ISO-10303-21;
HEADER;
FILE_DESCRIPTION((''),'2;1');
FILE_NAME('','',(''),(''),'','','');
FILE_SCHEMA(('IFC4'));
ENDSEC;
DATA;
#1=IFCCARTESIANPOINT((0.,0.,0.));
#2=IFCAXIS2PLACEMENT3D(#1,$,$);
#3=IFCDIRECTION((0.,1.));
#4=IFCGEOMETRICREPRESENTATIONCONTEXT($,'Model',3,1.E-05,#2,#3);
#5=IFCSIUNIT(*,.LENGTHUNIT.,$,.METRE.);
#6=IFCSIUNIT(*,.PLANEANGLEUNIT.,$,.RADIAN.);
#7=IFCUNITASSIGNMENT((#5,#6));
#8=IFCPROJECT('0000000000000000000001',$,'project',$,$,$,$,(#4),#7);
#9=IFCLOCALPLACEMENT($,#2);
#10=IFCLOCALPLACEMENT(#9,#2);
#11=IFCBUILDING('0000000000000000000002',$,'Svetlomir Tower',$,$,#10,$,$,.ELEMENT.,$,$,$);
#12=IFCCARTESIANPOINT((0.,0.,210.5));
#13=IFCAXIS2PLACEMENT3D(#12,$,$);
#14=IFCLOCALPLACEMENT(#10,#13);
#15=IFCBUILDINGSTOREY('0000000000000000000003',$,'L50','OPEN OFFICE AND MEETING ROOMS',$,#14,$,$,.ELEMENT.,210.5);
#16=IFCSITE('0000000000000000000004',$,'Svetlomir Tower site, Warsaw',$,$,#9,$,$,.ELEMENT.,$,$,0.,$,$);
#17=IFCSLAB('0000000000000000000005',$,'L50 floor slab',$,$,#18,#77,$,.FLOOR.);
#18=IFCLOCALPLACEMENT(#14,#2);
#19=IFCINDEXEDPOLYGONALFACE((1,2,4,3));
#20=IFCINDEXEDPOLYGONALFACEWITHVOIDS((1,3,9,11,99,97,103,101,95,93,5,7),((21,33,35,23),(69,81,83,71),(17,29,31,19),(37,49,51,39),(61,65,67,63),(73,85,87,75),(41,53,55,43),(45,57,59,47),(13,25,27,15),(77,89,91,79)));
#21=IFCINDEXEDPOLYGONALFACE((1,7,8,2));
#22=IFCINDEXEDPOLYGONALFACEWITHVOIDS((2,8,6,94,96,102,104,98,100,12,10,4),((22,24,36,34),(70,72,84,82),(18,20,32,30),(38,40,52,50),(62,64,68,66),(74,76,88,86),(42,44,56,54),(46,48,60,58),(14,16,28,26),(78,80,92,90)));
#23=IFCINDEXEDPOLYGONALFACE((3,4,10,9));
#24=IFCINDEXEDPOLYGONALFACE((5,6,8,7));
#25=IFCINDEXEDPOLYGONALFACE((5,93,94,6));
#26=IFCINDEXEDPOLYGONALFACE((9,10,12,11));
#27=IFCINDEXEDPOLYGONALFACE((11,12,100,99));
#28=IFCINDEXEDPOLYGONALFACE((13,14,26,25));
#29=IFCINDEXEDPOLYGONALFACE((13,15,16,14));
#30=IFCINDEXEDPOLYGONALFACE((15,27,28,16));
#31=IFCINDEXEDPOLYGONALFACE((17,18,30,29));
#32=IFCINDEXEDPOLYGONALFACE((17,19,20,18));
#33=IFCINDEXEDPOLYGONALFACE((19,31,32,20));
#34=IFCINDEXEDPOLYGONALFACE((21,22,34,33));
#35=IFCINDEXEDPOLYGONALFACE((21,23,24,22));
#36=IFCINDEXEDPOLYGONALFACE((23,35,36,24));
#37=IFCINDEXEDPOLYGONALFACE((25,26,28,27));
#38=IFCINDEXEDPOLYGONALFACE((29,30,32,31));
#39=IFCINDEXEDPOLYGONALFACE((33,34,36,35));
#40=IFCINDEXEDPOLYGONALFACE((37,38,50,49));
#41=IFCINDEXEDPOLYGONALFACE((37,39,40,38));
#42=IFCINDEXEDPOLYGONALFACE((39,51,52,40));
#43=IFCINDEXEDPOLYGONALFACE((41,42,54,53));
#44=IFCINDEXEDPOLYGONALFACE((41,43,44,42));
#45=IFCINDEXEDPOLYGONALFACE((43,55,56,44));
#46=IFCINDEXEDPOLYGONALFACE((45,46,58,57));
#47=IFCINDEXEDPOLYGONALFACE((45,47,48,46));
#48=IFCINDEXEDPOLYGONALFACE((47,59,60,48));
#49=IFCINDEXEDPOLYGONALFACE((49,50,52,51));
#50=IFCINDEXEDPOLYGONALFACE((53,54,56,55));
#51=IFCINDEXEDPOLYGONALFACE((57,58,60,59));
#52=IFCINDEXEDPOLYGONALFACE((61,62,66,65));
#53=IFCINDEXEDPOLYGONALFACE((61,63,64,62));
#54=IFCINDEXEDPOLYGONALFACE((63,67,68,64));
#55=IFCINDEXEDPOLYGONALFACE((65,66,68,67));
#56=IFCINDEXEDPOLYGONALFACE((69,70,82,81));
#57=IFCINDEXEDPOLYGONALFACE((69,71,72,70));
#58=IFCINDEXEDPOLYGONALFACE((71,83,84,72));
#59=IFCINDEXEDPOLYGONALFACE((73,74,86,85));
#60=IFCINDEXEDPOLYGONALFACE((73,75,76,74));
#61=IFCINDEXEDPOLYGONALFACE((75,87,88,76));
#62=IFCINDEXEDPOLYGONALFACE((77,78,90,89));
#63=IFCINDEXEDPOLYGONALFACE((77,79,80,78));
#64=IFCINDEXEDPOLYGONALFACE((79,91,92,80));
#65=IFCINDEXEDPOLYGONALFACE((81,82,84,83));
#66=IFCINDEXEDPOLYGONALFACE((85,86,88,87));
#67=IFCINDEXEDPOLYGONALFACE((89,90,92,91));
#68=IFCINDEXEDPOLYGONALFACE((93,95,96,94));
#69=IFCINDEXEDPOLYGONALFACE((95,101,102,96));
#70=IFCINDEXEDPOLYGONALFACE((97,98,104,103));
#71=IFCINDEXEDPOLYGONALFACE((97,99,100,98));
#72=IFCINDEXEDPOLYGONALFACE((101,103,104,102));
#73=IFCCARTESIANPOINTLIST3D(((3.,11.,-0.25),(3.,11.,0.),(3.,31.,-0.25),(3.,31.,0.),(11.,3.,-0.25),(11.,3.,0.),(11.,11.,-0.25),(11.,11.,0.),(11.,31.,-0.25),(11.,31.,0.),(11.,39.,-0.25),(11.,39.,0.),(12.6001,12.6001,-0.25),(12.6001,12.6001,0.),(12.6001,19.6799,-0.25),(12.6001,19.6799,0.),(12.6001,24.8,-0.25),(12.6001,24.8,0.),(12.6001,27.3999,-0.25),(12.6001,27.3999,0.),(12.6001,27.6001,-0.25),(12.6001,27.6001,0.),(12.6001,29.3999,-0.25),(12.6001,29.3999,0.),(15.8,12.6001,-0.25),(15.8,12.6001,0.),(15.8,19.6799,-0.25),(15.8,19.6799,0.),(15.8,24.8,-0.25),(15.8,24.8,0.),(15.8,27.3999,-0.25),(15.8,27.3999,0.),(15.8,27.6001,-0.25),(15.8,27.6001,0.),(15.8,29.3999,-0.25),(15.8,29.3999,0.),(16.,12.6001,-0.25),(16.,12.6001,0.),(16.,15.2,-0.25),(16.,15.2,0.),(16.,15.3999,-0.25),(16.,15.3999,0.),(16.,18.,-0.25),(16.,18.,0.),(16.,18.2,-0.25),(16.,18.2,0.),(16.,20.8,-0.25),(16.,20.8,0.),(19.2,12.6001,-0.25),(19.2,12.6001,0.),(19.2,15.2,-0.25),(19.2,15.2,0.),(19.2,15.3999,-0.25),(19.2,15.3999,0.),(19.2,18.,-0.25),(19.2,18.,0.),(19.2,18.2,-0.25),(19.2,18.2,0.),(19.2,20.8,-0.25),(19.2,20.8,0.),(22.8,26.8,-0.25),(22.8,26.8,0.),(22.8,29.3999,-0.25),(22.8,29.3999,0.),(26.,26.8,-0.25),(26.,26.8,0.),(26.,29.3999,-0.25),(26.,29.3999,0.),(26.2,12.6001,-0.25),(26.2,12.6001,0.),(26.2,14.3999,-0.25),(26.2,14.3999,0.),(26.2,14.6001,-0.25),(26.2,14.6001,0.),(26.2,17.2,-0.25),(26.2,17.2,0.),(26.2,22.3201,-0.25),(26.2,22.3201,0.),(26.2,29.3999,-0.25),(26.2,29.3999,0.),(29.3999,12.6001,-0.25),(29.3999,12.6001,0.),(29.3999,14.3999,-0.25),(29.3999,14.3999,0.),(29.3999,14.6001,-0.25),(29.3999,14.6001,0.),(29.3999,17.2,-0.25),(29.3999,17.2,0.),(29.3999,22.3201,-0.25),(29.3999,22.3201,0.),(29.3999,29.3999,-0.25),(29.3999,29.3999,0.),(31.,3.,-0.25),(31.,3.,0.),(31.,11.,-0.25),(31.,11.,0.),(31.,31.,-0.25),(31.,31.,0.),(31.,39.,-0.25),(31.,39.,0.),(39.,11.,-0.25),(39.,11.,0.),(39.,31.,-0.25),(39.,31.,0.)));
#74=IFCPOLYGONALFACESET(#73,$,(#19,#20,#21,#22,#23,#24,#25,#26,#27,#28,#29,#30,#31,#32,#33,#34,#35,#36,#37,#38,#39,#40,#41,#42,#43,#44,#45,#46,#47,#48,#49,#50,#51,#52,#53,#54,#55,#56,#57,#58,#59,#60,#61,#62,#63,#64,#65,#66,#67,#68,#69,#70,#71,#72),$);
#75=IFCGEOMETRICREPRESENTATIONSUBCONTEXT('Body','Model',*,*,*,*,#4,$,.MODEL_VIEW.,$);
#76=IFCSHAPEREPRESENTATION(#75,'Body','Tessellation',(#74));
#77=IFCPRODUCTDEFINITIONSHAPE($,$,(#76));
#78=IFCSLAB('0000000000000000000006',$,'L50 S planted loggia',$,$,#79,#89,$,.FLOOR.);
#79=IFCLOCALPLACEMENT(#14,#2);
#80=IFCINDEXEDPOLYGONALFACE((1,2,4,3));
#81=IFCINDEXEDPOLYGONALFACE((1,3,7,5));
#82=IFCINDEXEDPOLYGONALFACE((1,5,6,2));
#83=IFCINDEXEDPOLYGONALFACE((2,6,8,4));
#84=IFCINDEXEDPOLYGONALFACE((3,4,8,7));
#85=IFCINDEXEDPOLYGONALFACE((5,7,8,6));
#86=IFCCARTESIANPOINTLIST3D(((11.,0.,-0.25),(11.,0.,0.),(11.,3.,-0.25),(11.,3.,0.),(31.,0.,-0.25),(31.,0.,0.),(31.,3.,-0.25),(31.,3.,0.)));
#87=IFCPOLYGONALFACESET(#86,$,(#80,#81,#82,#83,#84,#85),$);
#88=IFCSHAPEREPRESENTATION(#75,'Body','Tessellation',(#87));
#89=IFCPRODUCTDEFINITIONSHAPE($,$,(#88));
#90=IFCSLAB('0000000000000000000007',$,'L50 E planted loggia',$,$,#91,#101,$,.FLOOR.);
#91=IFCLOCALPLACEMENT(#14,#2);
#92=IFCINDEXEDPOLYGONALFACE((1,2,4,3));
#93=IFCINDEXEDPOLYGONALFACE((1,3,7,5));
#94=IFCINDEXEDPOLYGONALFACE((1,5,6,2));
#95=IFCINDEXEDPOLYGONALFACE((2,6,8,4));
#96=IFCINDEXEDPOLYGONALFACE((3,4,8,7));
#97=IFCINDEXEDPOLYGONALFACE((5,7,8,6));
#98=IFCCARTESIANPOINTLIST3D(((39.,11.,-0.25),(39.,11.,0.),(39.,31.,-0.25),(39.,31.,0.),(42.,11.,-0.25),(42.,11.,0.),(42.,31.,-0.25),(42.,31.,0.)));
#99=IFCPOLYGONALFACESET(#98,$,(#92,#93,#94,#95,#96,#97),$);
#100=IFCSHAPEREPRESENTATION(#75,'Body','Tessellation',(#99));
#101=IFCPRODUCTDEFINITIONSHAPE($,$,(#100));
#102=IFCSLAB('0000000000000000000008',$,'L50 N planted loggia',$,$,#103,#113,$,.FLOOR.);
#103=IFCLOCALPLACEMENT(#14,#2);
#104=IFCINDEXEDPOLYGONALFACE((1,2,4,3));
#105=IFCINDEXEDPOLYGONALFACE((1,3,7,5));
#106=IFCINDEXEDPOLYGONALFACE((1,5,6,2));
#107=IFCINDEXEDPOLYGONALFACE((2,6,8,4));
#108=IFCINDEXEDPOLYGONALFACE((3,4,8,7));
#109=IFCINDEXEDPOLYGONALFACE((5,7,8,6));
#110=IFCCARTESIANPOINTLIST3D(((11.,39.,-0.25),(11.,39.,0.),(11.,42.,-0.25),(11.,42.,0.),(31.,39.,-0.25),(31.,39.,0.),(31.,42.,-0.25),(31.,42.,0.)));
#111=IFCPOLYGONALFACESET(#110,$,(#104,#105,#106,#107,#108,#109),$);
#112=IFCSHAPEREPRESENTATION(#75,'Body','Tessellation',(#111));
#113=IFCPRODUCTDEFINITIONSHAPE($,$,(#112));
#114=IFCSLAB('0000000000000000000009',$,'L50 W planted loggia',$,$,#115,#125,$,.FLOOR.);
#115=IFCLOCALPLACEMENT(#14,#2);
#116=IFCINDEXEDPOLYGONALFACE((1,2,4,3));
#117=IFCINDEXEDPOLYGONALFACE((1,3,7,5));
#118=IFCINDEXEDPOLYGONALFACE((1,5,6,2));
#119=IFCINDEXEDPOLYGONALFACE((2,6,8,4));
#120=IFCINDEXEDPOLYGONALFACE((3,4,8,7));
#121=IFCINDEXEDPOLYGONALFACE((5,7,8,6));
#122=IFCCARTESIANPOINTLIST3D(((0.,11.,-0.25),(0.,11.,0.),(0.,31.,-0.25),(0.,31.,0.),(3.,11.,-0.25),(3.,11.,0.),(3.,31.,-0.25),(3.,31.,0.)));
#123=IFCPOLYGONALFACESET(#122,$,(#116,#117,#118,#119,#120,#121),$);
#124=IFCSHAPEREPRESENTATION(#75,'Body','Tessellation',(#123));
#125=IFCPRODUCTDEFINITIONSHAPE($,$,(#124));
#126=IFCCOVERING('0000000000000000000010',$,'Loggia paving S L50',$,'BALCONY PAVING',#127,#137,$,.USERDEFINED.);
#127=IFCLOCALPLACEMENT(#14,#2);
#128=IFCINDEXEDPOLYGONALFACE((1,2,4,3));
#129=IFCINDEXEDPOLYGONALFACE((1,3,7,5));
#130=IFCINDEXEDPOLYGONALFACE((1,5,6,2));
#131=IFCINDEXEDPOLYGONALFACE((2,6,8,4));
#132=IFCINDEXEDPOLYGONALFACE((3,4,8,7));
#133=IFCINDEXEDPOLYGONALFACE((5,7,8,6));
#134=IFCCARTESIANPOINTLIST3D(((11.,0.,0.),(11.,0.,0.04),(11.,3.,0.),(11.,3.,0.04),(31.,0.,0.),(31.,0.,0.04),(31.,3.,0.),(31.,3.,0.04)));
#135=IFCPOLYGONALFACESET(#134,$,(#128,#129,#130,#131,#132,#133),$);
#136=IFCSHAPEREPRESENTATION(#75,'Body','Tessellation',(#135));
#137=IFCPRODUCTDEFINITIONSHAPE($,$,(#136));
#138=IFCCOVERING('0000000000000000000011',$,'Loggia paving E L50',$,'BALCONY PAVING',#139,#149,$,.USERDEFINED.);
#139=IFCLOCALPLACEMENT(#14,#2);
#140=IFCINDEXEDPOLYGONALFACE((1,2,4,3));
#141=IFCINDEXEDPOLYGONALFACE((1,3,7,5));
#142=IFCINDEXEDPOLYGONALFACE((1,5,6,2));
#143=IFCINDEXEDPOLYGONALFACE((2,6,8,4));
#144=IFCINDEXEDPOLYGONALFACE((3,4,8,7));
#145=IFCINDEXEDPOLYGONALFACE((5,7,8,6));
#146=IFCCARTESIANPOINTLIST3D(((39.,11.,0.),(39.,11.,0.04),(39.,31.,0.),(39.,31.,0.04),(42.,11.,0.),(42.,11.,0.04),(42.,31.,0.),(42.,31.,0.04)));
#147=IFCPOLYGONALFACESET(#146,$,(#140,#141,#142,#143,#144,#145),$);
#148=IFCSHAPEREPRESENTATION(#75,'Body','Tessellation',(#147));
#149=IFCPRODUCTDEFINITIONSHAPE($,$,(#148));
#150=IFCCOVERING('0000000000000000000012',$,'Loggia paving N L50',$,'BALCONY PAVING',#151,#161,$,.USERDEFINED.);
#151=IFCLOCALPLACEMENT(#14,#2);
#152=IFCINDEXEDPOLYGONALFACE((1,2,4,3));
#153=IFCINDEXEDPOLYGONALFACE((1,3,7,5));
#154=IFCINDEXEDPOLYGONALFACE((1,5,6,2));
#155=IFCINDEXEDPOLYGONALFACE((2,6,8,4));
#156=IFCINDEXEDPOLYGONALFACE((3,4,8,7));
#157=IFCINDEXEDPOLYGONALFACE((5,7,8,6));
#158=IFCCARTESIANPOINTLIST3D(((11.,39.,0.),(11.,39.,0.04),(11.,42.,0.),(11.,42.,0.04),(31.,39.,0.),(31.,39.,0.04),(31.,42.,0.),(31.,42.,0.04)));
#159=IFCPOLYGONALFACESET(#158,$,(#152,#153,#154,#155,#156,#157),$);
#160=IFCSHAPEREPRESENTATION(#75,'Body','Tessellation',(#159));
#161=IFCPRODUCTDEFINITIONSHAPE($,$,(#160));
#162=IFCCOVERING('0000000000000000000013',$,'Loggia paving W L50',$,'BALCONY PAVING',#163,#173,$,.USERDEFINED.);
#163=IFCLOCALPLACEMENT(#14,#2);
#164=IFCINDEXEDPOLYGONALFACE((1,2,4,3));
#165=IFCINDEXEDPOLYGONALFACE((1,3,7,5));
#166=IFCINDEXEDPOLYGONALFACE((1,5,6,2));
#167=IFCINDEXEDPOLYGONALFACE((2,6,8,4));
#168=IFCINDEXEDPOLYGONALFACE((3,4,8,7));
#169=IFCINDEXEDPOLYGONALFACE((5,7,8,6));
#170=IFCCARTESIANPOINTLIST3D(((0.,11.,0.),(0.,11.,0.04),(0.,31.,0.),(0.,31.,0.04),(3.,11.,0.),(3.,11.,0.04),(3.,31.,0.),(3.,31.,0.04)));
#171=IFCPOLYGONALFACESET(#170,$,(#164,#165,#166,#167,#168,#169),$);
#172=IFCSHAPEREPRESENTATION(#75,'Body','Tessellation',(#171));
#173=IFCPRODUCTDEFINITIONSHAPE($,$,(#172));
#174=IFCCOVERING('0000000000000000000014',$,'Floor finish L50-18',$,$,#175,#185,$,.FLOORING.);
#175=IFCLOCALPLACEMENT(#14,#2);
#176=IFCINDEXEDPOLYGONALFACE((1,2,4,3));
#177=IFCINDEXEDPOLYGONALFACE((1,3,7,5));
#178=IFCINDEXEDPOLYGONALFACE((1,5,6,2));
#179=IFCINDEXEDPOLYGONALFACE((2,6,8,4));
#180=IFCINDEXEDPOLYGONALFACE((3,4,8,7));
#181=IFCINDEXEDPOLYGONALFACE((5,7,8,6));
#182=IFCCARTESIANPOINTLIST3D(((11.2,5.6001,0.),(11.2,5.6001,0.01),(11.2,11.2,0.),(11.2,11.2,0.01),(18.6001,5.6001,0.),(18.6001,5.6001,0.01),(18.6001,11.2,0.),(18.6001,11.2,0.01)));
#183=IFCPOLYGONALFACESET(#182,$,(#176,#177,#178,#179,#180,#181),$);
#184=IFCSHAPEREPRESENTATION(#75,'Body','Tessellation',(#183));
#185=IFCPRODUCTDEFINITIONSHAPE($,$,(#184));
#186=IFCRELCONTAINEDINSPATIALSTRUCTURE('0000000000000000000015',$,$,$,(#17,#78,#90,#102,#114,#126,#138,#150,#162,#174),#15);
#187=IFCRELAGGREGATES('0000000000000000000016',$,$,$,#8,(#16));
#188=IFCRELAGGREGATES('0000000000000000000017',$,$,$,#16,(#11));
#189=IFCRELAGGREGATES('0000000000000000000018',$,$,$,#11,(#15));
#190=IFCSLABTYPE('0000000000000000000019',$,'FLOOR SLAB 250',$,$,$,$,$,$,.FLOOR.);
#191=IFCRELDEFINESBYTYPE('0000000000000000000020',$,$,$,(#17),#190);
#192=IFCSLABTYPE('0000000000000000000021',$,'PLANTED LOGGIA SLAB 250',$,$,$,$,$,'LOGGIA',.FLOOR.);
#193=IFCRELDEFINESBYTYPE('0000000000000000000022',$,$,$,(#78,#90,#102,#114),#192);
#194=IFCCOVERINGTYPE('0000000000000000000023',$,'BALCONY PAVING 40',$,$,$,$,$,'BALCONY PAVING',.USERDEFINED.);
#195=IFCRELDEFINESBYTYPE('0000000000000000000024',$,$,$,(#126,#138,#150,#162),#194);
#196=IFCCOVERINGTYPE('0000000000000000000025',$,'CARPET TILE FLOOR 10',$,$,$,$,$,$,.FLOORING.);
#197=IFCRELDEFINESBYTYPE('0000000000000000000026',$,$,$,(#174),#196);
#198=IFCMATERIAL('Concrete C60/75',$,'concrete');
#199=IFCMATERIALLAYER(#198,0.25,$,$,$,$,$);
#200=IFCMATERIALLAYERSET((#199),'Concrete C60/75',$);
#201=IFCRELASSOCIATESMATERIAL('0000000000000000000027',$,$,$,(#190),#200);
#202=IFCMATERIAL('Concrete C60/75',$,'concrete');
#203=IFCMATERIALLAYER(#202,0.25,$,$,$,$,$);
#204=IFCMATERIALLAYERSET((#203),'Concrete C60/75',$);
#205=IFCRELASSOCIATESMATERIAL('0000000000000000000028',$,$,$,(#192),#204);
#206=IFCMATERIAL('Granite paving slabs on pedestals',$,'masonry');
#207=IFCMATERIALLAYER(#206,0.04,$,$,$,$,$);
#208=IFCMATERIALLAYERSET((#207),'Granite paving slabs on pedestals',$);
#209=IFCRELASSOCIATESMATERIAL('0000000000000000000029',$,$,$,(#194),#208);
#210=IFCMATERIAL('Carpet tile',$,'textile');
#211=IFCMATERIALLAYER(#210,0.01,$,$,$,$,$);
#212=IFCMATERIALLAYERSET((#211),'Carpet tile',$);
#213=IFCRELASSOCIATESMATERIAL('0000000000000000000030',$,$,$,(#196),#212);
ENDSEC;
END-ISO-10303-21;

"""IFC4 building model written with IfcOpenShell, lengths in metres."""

from ifc_helpers import new_model, si_unit, direction, frame, origin, place, context, subcontext, project, spatial, polyline, outline, extrude, material, layer, layer_set, type_object, element, save


model = new_model("IFC4")

# Units and contexts
model_context = context("Model", 3, precision=1e-05, world=origin(), true_north=direction((0.0, 1.0)))
body_context = subcontext(model_context, "Body", "Model", "MODEL_VIEW")
ifc_project = project(units=[si_unit("LENGTHUNIT", "METRE"), si_unit("PLANEANGLEUNIT", "RADIAN")], contexts=[model_context])

# Site, building, storey
site_placement = place(None, origin())
site = spatial("IfcSite", under=ifc_project, at=site_placement, Name="Svetlomir Tower site, Warsaw", CompositionType="ELEMENT", RefElevation=0.0)
building_placement = place(site_placement, origin())
building = spatial("IfcBuilding", under=site, at=building_placement, Name="Svetlomir Tower", CompositionType="ELEMENT")
storey_placement = place(building_placement, frame((0.0, 0.0, 210.5)))
storey = spatial("IfcBuildingStorey", under=building, at=storey_placement, Name="L50", Description="OPEN OFFICE AND MEETING ROOMS", CompositionType="ELEMENT", Elevation=210.5)

# Slabs
ifc_material_1 = material(Name="Concrete C60/75", Category="concrete")
ifc_layer_1 = layer(ifc_material_1, 0.25)
ifc_layer_set_1 = layer_set([ifc_layer_1], Name="Concrete C60/75")
slab_type_1 = type_object("IfcSlabType", Name="FLOOR SLAB 250", PredefinedType="FLOOR", material=ifc_layer_set_1)
slab_1_placement = place(storey_placement, frame((0.0, 0.0, -0.25)))
element("IfcSlab", 1, at=slab_1_placement, inside=storey, type_object=slab_type_1, Name="L50 floor slab", PredefinedType="FLOOR", context=body_context, shape_type="SweptSolid", body=[
    extrude(outline(polyline([(11.0, 3.0), (31.0, 3.0), (31.0, 11.0), (39.0, 11.0), (39.0, 31.0), (31.0, 31.0), (31.0, 39.0), (11.0, 39.0), (11.0, 31.0), (3.0, 31.0), (3.0, 11.0), (11.0, 11.0), (11.0, 3.0)]), holes=[polyline([(12.6001, 24.8), (15.8, 24.8), (15.8, 27.3999), (12.6001, 27.3999), (12.6001, 24.8)]), polyline([(26.2, 14.6001), (29.3999, 14.6001), (29.3999, 17.2), (26.2, 17.2), (26.2, 14.6001)]), polyline([(16.0, 12.6001), (19.2, 12.6001), (19.2, 15.2), (16.0, 15.2), (16.0, 12.6001)]), polyline([(16.0, 15.3999), (19.2, 15.3999), (19.2, 18.0), (16.0, 18.0), (16.0, 15.3999)]), polyline([(16.0, 18.2), (19.2, 18.2), (19.2, 20.8), (16.0, 20.8), (16.0, 18.2)]), polyline([(22.8, 26.8), (26.0, 26.8), (26.0, 29.3999), (22.8, 29.3999), (22.8, 26.8)]), polyline([(12.6001, 27.6001), (15.8, 27.6001), (15.8, 29.3999), (12.6001, 29.3999), (12.6001, 27.6001)]), polyline([(26.2, 12.6001), (29.3999, 12.6001), (29.3999, 14.3999), (26.2, 14.3999), (26.2, 12.6001)]), polyline([(12.6001, 12.6001), (15.8, 12.6001), (15.8, 19.6799), (12.6001, 19.6799), (12.6001, 12.6001)]), polyline([(26.2, 22.3201), (29.3999, 22.3201), (29.3999, 29.3999), (26.2, 29.3999), (26.2, 22.3201)])]), origin(), (0.0, 0.0, 1.0), 0.25),
])
ifc_material_2 = material(Name="Concrete C60/75", Category="concrete")
ifc_layer_2 = layer(ifc_material_2, 0.25)
ifc_layer_set_2 = layer_set([ifc_layer_2], Name="Concrete C60/75")
slab_type_2 = type_object("IfcSlabType", Name="PLANTED LOGGIA SLAB 250", ElementType="LOGGIA", PredefinedType="FLOOR", material=ifc_layer_set_2)
slab_2_placement = place(storey_placement, frame((0.0, 0.0, -0.25)))
element("IfcSlab", 2, at=slab_2_placement, inside=storey, type_object=slab_type_2, Name="L50 S planted loggia", PredefinedType="FLOOR", context=body_context, shape_type="SweptSolid", body=[
    extrude(outline(polyline([(11.0, 0.0), (31.0, 0.0), (31.0, 3.0), (11.0, 3.0), (11.0, 0.0)])), origin(), (0.0, 0.0, 1.0), 0.25),
])
slab_3_placement = place(storey_placement, frame((0.0, 0.0, -0.25)))
element("IfcSlab", 3, at=slab_3_placement, inside=storey, type_object=slab_type_2, Name="L50 E planted loggia", PredefinedType="FLOOR", context=body_context, shape_type="SweptSolid", body=[
    extrude(outline(polyline([(39.0, 11.0), (42.0, 11.0), (42.0, 31.0), (39.0, 31.0), (39.0, 11.0)])), origin(), (0.0, 0.0, 1.0), 0.25),
])
slab_4_placement = place(storey_placement, frame((0.0, 0.0, -0.25)))
element("IfcSlab", 4, at=slab_4_placement, inside=storey, type_object=slab_type_2, Name="L50 N planted loggia", PredefinedType="FLOOR", context=body_context, shape_type="SweptSolid", body=[
    extrude(outline(polyline([(11.0, 39.0), (31.0, 39.0), (31.0, 42.0), (11.0, 42.0), (11.0, 39.0)])), origin(), (0.0, 0.0, 1.0), 0.25),
])
slab_5_placement = place(storey_placement, frame((0.0, 0.0, -0.25)))
element("IfcSlab", 5, at=slab_5_placement, inside=storey, type_object=slab_type_2, Name="L50 W planted loggia", PredefinedType="FLOOR", context=body_context, shape_type="SweptSolid", body=[
    extrude(outline(polyline([(0.0, 11.0), (3.0, 11.0), (3.0, 31.0), (0.0, 31.0), (0.0, 11.0)])), origin(), (0.0, 0.0, 1.0), 0.25),
])

# Coverings
ifc_material_3 = material(Name="Granite paving slabs on pedestals", Category="masonry")
ifc_layer_3 = layer(ifc_material_3, 0.04)
ifc_layer_set_3 = layer_set([ifc_layer_3], Name="Granite paving slabs on pedestals")
covering_type_1 = type_object("IfcCoveringType", Name="BALCONY PAVING 40", ElementType="BALCONY PAVING", PredefinedType="USERDEFINED", material=ifc_layer_set_3)
covering_1_placement = place(storey_placement, origin())
element("IfcCovering", 6, at=covering_1_placement, inside=storey, type_object=covering_type_1, Name="Loggia paving S L50", ObjectType="BALCONY PAVING", PredefinedType="USERDEFINED", context=body_context, shape_type="SweptSolid", body=[
    extrude(outline(polyline([(11.0, 0.0), (31.0, 0.0), (31.0, 3.0), (11.0, 3.0), (11.0, 0.0)])), origin(), (0.0, 0.0, 1.0), 0.04),
])
covering_2_placement = place(storey_placement, origin())
element("IfcCovering", 7, at=covering_2_placement, inside=storey, type_object=covering_type_1, Name="Loggia paving E L50", ObjectType="BALCONY PAVING", PredefinedType="USERDEFINED", context=body_context, shape_type="SweptSolid", body=[
    extrude(outline(polyline([(39.0, 11.0), (42.0, 11.0), (42.0, 31.0), (39.0, 31.0), (39.0, 11.0)])), origin(), (0.0, 0.0, 1.0), 0.04),
])
covering_3_placement = place(storey_placement, origin())
element("IfcCovering", 8, at=covering_3_placement, inside=storey, type_object=covering_type_1, Name="Loggia paving N L50", ObjectType="BALCONY PAVING", PredefinedType="USERDEFINED", context=body_context, shape_type="SweptSolid", body=[
    extrude(outline(polyline([(11.0, 39.0), (31.0, 39.0), (31.0, 42.0), (11.0, 42.0), (11.0, 39.0)])), origin(), (0.0, 0.0, 1.0), 0.04),
])
covering_4_placement = place(storey_placement, origin())
element("IfcCovering", 9, at=covering_4_placement, inside=storey, type_object=covering_type_1, Name="Loggia paving W L50", ObjectType="BALCONY PAVING", PredefinedType="USERDEFINED", context=body_context, shape_type="SweptSolid", body=[
    extrude(outline(polyline([(0.0, 11.0), (3.0, 11.0), (3.0, 31.0), (0.0, 31.0), (0.0, 11.0)])), origin(), (0.0, 0.0, 1.0), 0.04),
])
ifc_material_4 = material(Name="Carpet tile", Category="textile")
ifc_layer_4 = layer(ifc_material_4, 0.01)
ifc_layer_set_4 = layer_set([ifc_layer_4], Name="Carpet tile")
covering_type_2 = type_object("IfcCoveringType", Name="CARPET TILE FLOOR 10", PredefinedType="FLOORING", material=ifc_layer_set_4)
covering_5_placement = place(storey_placement, origin())
element("IfcCovering", 10, at=covering_5_placement, inside=storey, type_object=covering_type_2, Name="Floor finish L50-18", PredefinedType="FLOORING", context=body_context, shape_type="SweptSolid", body=[
    extrude(outline(polyline([(11.2, 5.6001), (18.6001, 5.6001), (18.6001, 11.2), (11.2, 11.2), (11.2, 5.6001)])), origin(), (0.0, 0.0, 1.0), 0.01),
])

save(model, "model.ifc")
